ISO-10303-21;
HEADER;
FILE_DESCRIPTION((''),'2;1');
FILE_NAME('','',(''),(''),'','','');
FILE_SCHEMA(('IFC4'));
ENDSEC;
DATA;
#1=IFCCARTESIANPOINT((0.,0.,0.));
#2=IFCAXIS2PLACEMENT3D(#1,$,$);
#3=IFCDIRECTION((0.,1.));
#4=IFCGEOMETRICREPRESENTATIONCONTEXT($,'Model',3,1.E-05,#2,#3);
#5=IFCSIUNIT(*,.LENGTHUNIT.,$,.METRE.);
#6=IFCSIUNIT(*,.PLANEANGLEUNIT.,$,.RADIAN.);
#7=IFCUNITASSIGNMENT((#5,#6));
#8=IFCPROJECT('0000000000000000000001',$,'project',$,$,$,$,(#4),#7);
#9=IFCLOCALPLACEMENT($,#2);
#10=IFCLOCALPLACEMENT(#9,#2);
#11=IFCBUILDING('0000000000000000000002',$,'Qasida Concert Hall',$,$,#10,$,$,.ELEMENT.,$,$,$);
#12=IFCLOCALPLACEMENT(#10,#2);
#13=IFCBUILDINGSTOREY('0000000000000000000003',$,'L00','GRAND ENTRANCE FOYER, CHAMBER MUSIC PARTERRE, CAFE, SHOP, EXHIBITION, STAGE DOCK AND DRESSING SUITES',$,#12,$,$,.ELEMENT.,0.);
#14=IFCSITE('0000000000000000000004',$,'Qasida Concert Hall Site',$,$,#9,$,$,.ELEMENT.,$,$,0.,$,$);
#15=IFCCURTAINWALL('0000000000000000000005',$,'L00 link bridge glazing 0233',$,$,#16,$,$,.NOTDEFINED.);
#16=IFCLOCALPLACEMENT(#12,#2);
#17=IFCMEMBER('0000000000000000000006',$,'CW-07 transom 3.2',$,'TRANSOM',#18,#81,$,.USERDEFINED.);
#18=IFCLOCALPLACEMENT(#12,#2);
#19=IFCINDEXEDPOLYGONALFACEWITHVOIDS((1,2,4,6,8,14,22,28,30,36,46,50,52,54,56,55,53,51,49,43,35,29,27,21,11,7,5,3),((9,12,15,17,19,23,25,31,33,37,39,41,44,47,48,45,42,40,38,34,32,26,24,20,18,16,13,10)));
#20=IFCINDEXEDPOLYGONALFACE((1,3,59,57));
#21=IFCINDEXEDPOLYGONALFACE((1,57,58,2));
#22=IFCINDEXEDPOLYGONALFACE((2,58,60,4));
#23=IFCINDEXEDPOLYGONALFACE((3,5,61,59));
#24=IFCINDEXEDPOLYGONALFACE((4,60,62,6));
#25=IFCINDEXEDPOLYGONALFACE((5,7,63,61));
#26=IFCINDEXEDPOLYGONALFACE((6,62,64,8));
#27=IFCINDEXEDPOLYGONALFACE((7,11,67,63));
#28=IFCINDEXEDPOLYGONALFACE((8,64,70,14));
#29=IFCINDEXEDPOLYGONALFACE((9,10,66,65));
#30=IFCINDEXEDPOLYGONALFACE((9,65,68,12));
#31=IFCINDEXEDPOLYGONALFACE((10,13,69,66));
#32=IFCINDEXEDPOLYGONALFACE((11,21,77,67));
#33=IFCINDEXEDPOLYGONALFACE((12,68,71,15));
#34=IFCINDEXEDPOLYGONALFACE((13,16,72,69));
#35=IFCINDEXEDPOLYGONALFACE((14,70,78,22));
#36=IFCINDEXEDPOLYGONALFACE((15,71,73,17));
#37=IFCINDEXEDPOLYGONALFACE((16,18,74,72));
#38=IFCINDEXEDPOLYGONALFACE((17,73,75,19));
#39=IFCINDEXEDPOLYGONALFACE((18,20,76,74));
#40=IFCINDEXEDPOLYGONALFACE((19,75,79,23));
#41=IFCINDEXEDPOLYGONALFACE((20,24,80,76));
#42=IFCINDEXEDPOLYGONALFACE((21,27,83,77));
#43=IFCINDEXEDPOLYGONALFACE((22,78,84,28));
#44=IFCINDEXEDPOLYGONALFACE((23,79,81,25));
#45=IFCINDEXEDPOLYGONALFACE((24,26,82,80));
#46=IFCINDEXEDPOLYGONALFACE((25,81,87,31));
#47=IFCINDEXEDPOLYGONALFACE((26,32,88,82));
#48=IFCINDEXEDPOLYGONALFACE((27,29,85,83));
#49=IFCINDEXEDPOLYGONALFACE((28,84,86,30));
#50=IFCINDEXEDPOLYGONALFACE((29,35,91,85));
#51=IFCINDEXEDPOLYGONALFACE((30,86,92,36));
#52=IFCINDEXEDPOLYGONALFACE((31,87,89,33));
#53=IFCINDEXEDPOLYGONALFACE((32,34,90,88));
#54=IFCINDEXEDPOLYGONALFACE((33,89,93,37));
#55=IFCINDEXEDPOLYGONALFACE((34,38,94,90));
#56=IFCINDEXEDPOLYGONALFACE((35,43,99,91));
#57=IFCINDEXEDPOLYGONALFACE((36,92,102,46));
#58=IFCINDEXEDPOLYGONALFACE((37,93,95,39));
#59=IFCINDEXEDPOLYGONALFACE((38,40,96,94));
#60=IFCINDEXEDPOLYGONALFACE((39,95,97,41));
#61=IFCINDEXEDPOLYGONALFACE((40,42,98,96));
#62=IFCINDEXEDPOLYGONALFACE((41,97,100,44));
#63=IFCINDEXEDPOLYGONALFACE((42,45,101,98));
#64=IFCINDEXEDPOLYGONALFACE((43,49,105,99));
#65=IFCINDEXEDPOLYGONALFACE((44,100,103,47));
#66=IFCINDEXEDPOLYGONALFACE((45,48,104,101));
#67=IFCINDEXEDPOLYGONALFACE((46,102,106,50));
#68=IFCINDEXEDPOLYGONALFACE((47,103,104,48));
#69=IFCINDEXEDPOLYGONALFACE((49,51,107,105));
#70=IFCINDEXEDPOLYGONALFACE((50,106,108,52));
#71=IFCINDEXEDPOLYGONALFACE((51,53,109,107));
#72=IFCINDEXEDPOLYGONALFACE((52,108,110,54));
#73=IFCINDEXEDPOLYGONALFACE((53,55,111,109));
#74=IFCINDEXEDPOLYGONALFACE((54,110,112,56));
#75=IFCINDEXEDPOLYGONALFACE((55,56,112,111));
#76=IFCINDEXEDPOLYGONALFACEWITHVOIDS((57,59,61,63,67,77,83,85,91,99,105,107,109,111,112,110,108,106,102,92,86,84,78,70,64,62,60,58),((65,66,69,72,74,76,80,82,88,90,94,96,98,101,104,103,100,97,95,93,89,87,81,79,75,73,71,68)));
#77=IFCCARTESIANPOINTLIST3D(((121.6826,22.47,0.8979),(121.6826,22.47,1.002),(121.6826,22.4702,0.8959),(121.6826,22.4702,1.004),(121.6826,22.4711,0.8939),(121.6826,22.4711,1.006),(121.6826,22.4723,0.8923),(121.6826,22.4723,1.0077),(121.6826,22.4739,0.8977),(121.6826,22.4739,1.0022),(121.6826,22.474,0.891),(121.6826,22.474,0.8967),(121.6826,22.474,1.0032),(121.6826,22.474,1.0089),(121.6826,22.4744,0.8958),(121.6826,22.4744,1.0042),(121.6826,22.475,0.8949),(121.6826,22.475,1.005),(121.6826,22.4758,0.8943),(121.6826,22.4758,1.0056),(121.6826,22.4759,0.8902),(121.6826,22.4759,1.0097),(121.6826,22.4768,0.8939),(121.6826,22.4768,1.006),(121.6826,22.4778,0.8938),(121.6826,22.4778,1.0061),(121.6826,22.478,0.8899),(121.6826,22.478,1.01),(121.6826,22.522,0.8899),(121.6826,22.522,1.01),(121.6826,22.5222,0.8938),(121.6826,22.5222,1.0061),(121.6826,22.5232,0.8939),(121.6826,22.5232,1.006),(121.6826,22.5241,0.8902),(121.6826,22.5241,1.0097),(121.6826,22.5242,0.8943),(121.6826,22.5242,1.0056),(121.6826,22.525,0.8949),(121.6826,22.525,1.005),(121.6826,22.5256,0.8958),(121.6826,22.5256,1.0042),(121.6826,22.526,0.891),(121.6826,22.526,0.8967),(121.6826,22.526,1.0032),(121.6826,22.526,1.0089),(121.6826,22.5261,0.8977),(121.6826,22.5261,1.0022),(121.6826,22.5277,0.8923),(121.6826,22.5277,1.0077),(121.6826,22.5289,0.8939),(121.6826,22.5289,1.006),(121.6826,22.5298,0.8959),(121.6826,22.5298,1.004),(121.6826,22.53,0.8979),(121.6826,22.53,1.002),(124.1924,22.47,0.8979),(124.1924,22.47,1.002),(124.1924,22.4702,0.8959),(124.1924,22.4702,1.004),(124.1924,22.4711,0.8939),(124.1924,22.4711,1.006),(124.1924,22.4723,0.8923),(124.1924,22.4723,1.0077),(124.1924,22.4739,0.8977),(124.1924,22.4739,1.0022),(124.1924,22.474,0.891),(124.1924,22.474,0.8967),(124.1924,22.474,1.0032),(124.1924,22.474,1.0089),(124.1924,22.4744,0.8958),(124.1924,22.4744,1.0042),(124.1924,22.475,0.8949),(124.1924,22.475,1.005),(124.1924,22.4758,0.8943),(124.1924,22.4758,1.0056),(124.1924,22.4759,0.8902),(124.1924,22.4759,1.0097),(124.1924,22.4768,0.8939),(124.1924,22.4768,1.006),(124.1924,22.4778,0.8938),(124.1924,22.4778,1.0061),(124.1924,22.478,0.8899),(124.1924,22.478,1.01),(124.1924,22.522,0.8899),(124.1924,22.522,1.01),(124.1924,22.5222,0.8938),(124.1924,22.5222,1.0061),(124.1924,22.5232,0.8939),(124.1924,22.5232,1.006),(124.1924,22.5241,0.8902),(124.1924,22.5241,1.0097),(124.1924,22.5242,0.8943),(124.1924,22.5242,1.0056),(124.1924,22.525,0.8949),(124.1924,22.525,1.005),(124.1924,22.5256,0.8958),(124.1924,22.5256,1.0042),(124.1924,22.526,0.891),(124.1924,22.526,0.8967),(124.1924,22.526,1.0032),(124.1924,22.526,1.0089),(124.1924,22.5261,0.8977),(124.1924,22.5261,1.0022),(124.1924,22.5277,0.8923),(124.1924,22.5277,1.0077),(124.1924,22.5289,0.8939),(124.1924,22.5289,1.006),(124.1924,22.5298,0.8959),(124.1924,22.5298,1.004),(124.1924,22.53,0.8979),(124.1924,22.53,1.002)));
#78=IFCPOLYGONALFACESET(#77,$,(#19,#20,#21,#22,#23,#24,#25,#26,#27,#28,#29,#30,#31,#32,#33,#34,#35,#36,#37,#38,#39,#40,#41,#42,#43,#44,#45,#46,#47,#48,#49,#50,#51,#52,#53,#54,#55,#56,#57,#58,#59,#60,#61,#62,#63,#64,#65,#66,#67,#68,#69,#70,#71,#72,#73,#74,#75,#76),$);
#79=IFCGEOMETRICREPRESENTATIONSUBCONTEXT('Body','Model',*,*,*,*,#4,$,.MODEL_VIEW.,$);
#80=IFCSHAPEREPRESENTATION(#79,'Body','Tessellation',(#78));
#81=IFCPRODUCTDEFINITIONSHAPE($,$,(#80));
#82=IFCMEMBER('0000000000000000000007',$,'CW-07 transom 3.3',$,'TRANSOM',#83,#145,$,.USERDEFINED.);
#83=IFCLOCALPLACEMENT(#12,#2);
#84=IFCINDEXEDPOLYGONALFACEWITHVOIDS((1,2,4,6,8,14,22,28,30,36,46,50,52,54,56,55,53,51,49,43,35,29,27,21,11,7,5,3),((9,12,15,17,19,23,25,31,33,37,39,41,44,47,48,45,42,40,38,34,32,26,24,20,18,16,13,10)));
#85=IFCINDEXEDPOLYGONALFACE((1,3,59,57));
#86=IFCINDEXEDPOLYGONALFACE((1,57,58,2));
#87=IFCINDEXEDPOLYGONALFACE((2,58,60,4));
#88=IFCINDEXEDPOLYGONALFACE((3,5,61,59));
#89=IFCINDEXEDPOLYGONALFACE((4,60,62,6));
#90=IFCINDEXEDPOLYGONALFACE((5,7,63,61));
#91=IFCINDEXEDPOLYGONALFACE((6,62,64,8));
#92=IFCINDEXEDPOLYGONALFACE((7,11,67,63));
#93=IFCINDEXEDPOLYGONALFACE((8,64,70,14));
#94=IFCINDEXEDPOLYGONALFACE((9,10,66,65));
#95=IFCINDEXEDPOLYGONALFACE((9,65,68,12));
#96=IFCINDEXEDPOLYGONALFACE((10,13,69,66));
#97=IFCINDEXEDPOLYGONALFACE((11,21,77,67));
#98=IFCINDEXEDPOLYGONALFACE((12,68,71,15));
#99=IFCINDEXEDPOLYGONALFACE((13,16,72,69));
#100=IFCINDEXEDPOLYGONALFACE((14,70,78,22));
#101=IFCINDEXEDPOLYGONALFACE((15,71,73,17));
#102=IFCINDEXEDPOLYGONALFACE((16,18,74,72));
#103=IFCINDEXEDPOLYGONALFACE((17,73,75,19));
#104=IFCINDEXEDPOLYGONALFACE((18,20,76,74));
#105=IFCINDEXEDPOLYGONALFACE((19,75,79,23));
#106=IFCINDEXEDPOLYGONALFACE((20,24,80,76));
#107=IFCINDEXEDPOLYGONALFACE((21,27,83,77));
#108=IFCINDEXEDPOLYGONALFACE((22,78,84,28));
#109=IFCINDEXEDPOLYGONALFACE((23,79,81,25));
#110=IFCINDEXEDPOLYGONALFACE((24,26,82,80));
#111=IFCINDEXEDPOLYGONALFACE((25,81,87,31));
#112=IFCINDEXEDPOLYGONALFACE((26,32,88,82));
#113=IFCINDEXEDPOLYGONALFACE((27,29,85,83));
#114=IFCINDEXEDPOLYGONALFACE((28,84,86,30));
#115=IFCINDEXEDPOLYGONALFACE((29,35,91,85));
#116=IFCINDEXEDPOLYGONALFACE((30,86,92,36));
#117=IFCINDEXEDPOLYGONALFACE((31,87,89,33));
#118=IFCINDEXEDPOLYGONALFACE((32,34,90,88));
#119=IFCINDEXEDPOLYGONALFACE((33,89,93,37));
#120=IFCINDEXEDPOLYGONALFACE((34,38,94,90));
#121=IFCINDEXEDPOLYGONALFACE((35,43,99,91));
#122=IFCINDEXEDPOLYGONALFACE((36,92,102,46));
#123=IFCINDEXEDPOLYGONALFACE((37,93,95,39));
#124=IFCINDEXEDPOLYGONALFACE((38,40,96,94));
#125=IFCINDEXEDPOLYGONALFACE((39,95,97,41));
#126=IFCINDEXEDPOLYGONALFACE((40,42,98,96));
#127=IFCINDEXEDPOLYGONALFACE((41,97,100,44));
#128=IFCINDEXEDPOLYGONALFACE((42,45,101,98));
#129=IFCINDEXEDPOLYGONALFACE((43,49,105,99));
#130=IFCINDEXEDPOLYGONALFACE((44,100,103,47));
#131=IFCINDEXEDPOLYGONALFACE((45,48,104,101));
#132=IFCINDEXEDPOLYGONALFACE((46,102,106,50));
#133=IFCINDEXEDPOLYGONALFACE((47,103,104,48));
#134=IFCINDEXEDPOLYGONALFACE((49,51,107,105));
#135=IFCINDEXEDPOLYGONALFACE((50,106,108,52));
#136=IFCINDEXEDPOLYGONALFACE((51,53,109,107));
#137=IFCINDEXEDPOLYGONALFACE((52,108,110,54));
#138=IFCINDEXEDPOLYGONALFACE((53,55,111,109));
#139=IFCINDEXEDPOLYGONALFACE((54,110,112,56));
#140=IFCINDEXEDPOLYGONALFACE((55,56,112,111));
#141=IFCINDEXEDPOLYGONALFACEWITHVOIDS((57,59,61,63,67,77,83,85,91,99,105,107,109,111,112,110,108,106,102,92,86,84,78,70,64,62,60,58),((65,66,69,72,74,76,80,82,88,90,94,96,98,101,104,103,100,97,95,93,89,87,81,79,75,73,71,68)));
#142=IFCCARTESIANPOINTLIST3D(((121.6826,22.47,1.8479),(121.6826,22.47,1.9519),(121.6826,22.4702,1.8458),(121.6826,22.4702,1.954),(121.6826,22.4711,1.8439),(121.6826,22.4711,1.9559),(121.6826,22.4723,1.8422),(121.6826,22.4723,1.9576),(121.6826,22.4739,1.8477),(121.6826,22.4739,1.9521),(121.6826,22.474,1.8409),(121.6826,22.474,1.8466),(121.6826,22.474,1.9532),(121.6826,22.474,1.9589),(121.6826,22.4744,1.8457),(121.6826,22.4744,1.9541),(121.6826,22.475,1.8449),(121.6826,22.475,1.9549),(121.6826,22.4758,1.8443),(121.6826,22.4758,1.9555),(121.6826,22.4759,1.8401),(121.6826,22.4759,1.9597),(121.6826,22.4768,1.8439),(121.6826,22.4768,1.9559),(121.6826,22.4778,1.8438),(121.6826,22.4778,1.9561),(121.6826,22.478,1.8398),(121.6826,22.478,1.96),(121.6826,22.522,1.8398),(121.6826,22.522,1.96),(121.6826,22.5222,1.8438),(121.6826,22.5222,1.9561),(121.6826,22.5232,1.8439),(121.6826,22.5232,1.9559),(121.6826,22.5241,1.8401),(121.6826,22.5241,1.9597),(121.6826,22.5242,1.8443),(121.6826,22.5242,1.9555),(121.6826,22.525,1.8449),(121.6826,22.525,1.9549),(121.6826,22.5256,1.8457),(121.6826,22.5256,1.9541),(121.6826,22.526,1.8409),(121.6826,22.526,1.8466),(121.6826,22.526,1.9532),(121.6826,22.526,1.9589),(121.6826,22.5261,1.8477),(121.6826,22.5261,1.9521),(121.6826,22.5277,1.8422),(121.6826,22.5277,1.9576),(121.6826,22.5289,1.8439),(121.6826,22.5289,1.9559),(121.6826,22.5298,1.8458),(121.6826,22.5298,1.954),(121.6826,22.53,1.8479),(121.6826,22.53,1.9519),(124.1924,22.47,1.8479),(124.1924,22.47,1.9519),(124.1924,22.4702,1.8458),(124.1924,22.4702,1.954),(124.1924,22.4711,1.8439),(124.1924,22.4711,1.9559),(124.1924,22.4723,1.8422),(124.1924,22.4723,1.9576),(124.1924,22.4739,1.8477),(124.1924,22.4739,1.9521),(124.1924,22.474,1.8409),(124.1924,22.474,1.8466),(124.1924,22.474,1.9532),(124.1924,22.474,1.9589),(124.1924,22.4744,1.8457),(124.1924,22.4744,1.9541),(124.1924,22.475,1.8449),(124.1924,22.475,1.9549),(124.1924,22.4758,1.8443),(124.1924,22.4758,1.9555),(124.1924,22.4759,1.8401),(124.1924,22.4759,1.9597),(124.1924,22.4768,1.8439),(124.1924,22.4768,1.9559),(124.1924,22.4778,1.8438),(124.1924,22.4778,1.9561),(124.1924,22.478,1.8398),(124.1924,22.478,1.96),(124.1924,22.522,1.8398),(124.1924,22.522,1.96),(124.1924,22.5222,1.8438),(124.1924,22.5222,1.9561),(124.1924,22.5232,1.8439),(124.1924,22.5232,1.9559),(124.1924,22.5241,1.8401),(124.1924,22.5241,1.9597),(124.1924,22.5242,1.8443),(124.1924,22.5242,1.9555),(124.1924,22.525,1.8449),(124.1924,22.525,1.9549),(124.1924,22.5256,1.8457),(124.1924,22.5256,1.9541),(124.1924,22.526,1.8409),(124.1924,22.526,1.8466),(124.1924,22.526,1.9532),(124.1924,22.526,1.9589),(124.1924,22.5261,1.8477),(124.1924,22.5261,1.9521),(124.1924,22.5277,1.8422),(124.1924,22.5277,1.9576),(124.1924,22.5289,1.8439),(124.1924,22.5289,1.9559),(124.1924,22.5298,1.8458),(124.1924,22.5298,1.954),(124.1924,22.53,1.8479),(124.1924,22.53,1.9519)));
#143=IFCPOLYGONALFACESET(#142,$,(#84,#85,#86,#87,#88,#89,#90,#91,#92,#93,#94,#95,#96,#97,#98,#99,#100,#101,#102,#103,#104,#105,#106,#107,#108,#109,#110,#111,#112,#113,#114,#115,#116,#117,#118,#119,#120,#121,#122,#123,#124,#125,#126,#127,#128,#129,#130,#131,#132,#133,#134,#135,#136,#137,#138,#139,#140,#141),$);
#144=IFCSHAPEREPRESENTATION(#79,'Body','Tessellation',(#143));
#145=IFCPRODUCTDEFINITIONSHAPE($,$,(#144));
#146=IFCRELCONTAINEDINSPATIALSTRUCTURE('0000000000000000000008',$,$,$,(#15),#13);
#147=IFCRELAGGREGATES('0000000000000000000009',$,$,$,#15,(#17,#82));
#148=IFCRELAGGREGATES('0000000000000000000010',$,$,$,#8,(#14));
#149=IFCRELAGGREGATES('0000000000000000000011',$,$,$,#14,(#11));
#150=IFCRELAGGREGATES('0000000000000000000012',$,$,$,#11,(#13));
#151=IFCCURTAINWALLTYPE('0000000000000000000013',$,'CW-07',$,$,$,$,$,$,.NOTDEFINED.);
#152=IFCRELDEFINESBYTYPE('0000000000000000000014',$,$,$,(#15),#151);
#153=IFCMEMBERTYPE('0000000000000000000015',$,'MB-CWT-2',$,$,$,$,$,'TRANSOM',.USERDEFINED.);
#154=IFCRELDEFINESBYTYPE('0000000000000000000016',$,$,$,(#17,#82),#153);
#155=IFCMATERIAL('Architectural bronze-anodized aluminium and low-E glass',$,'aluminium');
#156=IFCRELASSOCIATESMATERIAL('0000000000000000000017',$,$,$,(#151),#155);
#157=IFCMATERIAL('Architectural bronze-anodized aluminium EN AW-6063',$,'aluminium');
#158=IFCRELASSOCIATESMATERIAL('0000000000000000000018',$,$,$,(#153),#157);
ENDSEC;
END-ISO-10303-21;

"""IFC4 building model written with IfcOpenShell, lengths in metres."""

from ifc_helpers import new_model, si_unit, direction, frame, origin, origin_2d, place, context, subcontext, project, spatial, hollow_rectangle, extrude, material, material_profile, profile_set, type_object, element, aggregate, save


model = new_model("IFC4")

# Units and contexts
model_context = context("Model", 3, precision=1e-05, world=origin(), true_north=direction((0.0, 1.0)))
body_context = subcontext(model_context, "Body", "Model", "MODEL_VIEW")
ifc_project = project(units=[si_unit("LENGTHUNIT", "METRE"), si_unit("PLANEANGLEUNIT", "RADIAN")], contexts=[model_context])

# Site, building, storey
site_placement = place(None, origin())
site = spatial("IfcSite", under=ifc_project, at=site_placement, Name="Qasida Concert Hall Site", CompositionType="ELEMENT", RefElevation=0.0)
building_placement = place(site_placement, origin())
building = spatial("IfcBuilding", under=site, at=building_placement, Name="Qasida Concert Hall", CompositionType="ELEMENT")
storey_placement = place(building_placement, origin())
storey = spatial("IfcBuildingStorey", under=building, at=storey_placement, Name="L00", Description="GRAND ENTRANCE FOYER, CHAMBER MUSIC PARTERRE, CAFE, SHOP, EXHIBITION, STAGE DOCK AND DRESSING SUITES", CompositionType="ELEMENT", Elevation=0.0)

# Curtain wall, members
ifc_material_1 = material(Name="Architectural bronze-anodized aluminium and low-E glass", Category="aluminium")
curtain_wall_type = type_object("IfcCurtainWallType", Name="CW-07", PredefinedType="NOTDEFINED", material=ifc_material_1)
curtain_wall_placement = place(storey_placement, origin())
curtain_wall = element("IfcCurtainWall", 1, at=curtain_wall_placement, inside=storey, type_object=curtain_wall_type, Name="L00 link bridge glazing 0233", PredefinedType="NOTDEFINED")
ifc_material_2 = material(Name="Architectural bronze-anodized aluminium EN AW-6063", Category="aluminium")
ifc_material_profile_1 = material_profile(ifc_material_2, hollow_rectangle(XDim=0.0601, YDim=0.1201, WallThickness=0.0039, InnerFilletRadius=0.0039, OuterFilletRadius=0.0081, at=origin_2d()), Name="CWT 120x60x4")
ifc_profile_set_1 = profile_set([ifc_material_profile_1], Name="Architectural bronze-anodized aluminium EN AW-6063")
member_type_1 = type_object("IfcMemberType", Name="MB-CWT-2", ElementType="TRANSOM", PredefinedType="USERDEFINED", material=ifc_profile_set_1)
member_1_placement = place(storey_placement, frame((121.6826, 22.5, 0.95), z_axis=(1.0, 0.0, 0.0), x_axis=(0.0, 1.0, 0.0)))
member_1 = element("IfcMember", 2, at=member_1_placement, type_object=member_type_1, Name="CW-07 transom 3.2", ObjectType="TRANSOM", PredefinedType="USERDEFINED", context=body_context, shape_type="SweptSolid", body=[
    extrude(hollow_rectangle(XDim=0.0601, YDim=0.1201, WallThickness=0.0039, InnerFilletRadius=0.0039, OuterFilletRadius=0.0081, at=origin_2d()), origin(), (0.0, 0.0, 1.0), 2.5098),
])
member_2_placement = place(storey_placement, frame((121.6826, 22.5, 1.8999), z_axis=(1.0, 0.0, 0.0), x_axis=(0.0, 1.0, 0.0)))
member_2 = element("IfcMember", 3, at=member_2_placement, type_object=member_type_1, Name="CW-07 transom 3.3", ObjectType="TRANSOM", PredefinedType="USERDEFINED", context=body_context, shape_type="SweptSolid", body=[
    extrude(hollow_rectangle(XDim=0.0601, YDim=0.1201, WallThickness=0.0039, InnerFilletRadius=0.0039, OuterFilletRadius=0.0081, at=origin_2d()), origin(), (0.0, 0.0, 1.0), 2.5098),
])
aggregate(curtain_wall, [member_1, member_2])

save(model, "model.ifc")
